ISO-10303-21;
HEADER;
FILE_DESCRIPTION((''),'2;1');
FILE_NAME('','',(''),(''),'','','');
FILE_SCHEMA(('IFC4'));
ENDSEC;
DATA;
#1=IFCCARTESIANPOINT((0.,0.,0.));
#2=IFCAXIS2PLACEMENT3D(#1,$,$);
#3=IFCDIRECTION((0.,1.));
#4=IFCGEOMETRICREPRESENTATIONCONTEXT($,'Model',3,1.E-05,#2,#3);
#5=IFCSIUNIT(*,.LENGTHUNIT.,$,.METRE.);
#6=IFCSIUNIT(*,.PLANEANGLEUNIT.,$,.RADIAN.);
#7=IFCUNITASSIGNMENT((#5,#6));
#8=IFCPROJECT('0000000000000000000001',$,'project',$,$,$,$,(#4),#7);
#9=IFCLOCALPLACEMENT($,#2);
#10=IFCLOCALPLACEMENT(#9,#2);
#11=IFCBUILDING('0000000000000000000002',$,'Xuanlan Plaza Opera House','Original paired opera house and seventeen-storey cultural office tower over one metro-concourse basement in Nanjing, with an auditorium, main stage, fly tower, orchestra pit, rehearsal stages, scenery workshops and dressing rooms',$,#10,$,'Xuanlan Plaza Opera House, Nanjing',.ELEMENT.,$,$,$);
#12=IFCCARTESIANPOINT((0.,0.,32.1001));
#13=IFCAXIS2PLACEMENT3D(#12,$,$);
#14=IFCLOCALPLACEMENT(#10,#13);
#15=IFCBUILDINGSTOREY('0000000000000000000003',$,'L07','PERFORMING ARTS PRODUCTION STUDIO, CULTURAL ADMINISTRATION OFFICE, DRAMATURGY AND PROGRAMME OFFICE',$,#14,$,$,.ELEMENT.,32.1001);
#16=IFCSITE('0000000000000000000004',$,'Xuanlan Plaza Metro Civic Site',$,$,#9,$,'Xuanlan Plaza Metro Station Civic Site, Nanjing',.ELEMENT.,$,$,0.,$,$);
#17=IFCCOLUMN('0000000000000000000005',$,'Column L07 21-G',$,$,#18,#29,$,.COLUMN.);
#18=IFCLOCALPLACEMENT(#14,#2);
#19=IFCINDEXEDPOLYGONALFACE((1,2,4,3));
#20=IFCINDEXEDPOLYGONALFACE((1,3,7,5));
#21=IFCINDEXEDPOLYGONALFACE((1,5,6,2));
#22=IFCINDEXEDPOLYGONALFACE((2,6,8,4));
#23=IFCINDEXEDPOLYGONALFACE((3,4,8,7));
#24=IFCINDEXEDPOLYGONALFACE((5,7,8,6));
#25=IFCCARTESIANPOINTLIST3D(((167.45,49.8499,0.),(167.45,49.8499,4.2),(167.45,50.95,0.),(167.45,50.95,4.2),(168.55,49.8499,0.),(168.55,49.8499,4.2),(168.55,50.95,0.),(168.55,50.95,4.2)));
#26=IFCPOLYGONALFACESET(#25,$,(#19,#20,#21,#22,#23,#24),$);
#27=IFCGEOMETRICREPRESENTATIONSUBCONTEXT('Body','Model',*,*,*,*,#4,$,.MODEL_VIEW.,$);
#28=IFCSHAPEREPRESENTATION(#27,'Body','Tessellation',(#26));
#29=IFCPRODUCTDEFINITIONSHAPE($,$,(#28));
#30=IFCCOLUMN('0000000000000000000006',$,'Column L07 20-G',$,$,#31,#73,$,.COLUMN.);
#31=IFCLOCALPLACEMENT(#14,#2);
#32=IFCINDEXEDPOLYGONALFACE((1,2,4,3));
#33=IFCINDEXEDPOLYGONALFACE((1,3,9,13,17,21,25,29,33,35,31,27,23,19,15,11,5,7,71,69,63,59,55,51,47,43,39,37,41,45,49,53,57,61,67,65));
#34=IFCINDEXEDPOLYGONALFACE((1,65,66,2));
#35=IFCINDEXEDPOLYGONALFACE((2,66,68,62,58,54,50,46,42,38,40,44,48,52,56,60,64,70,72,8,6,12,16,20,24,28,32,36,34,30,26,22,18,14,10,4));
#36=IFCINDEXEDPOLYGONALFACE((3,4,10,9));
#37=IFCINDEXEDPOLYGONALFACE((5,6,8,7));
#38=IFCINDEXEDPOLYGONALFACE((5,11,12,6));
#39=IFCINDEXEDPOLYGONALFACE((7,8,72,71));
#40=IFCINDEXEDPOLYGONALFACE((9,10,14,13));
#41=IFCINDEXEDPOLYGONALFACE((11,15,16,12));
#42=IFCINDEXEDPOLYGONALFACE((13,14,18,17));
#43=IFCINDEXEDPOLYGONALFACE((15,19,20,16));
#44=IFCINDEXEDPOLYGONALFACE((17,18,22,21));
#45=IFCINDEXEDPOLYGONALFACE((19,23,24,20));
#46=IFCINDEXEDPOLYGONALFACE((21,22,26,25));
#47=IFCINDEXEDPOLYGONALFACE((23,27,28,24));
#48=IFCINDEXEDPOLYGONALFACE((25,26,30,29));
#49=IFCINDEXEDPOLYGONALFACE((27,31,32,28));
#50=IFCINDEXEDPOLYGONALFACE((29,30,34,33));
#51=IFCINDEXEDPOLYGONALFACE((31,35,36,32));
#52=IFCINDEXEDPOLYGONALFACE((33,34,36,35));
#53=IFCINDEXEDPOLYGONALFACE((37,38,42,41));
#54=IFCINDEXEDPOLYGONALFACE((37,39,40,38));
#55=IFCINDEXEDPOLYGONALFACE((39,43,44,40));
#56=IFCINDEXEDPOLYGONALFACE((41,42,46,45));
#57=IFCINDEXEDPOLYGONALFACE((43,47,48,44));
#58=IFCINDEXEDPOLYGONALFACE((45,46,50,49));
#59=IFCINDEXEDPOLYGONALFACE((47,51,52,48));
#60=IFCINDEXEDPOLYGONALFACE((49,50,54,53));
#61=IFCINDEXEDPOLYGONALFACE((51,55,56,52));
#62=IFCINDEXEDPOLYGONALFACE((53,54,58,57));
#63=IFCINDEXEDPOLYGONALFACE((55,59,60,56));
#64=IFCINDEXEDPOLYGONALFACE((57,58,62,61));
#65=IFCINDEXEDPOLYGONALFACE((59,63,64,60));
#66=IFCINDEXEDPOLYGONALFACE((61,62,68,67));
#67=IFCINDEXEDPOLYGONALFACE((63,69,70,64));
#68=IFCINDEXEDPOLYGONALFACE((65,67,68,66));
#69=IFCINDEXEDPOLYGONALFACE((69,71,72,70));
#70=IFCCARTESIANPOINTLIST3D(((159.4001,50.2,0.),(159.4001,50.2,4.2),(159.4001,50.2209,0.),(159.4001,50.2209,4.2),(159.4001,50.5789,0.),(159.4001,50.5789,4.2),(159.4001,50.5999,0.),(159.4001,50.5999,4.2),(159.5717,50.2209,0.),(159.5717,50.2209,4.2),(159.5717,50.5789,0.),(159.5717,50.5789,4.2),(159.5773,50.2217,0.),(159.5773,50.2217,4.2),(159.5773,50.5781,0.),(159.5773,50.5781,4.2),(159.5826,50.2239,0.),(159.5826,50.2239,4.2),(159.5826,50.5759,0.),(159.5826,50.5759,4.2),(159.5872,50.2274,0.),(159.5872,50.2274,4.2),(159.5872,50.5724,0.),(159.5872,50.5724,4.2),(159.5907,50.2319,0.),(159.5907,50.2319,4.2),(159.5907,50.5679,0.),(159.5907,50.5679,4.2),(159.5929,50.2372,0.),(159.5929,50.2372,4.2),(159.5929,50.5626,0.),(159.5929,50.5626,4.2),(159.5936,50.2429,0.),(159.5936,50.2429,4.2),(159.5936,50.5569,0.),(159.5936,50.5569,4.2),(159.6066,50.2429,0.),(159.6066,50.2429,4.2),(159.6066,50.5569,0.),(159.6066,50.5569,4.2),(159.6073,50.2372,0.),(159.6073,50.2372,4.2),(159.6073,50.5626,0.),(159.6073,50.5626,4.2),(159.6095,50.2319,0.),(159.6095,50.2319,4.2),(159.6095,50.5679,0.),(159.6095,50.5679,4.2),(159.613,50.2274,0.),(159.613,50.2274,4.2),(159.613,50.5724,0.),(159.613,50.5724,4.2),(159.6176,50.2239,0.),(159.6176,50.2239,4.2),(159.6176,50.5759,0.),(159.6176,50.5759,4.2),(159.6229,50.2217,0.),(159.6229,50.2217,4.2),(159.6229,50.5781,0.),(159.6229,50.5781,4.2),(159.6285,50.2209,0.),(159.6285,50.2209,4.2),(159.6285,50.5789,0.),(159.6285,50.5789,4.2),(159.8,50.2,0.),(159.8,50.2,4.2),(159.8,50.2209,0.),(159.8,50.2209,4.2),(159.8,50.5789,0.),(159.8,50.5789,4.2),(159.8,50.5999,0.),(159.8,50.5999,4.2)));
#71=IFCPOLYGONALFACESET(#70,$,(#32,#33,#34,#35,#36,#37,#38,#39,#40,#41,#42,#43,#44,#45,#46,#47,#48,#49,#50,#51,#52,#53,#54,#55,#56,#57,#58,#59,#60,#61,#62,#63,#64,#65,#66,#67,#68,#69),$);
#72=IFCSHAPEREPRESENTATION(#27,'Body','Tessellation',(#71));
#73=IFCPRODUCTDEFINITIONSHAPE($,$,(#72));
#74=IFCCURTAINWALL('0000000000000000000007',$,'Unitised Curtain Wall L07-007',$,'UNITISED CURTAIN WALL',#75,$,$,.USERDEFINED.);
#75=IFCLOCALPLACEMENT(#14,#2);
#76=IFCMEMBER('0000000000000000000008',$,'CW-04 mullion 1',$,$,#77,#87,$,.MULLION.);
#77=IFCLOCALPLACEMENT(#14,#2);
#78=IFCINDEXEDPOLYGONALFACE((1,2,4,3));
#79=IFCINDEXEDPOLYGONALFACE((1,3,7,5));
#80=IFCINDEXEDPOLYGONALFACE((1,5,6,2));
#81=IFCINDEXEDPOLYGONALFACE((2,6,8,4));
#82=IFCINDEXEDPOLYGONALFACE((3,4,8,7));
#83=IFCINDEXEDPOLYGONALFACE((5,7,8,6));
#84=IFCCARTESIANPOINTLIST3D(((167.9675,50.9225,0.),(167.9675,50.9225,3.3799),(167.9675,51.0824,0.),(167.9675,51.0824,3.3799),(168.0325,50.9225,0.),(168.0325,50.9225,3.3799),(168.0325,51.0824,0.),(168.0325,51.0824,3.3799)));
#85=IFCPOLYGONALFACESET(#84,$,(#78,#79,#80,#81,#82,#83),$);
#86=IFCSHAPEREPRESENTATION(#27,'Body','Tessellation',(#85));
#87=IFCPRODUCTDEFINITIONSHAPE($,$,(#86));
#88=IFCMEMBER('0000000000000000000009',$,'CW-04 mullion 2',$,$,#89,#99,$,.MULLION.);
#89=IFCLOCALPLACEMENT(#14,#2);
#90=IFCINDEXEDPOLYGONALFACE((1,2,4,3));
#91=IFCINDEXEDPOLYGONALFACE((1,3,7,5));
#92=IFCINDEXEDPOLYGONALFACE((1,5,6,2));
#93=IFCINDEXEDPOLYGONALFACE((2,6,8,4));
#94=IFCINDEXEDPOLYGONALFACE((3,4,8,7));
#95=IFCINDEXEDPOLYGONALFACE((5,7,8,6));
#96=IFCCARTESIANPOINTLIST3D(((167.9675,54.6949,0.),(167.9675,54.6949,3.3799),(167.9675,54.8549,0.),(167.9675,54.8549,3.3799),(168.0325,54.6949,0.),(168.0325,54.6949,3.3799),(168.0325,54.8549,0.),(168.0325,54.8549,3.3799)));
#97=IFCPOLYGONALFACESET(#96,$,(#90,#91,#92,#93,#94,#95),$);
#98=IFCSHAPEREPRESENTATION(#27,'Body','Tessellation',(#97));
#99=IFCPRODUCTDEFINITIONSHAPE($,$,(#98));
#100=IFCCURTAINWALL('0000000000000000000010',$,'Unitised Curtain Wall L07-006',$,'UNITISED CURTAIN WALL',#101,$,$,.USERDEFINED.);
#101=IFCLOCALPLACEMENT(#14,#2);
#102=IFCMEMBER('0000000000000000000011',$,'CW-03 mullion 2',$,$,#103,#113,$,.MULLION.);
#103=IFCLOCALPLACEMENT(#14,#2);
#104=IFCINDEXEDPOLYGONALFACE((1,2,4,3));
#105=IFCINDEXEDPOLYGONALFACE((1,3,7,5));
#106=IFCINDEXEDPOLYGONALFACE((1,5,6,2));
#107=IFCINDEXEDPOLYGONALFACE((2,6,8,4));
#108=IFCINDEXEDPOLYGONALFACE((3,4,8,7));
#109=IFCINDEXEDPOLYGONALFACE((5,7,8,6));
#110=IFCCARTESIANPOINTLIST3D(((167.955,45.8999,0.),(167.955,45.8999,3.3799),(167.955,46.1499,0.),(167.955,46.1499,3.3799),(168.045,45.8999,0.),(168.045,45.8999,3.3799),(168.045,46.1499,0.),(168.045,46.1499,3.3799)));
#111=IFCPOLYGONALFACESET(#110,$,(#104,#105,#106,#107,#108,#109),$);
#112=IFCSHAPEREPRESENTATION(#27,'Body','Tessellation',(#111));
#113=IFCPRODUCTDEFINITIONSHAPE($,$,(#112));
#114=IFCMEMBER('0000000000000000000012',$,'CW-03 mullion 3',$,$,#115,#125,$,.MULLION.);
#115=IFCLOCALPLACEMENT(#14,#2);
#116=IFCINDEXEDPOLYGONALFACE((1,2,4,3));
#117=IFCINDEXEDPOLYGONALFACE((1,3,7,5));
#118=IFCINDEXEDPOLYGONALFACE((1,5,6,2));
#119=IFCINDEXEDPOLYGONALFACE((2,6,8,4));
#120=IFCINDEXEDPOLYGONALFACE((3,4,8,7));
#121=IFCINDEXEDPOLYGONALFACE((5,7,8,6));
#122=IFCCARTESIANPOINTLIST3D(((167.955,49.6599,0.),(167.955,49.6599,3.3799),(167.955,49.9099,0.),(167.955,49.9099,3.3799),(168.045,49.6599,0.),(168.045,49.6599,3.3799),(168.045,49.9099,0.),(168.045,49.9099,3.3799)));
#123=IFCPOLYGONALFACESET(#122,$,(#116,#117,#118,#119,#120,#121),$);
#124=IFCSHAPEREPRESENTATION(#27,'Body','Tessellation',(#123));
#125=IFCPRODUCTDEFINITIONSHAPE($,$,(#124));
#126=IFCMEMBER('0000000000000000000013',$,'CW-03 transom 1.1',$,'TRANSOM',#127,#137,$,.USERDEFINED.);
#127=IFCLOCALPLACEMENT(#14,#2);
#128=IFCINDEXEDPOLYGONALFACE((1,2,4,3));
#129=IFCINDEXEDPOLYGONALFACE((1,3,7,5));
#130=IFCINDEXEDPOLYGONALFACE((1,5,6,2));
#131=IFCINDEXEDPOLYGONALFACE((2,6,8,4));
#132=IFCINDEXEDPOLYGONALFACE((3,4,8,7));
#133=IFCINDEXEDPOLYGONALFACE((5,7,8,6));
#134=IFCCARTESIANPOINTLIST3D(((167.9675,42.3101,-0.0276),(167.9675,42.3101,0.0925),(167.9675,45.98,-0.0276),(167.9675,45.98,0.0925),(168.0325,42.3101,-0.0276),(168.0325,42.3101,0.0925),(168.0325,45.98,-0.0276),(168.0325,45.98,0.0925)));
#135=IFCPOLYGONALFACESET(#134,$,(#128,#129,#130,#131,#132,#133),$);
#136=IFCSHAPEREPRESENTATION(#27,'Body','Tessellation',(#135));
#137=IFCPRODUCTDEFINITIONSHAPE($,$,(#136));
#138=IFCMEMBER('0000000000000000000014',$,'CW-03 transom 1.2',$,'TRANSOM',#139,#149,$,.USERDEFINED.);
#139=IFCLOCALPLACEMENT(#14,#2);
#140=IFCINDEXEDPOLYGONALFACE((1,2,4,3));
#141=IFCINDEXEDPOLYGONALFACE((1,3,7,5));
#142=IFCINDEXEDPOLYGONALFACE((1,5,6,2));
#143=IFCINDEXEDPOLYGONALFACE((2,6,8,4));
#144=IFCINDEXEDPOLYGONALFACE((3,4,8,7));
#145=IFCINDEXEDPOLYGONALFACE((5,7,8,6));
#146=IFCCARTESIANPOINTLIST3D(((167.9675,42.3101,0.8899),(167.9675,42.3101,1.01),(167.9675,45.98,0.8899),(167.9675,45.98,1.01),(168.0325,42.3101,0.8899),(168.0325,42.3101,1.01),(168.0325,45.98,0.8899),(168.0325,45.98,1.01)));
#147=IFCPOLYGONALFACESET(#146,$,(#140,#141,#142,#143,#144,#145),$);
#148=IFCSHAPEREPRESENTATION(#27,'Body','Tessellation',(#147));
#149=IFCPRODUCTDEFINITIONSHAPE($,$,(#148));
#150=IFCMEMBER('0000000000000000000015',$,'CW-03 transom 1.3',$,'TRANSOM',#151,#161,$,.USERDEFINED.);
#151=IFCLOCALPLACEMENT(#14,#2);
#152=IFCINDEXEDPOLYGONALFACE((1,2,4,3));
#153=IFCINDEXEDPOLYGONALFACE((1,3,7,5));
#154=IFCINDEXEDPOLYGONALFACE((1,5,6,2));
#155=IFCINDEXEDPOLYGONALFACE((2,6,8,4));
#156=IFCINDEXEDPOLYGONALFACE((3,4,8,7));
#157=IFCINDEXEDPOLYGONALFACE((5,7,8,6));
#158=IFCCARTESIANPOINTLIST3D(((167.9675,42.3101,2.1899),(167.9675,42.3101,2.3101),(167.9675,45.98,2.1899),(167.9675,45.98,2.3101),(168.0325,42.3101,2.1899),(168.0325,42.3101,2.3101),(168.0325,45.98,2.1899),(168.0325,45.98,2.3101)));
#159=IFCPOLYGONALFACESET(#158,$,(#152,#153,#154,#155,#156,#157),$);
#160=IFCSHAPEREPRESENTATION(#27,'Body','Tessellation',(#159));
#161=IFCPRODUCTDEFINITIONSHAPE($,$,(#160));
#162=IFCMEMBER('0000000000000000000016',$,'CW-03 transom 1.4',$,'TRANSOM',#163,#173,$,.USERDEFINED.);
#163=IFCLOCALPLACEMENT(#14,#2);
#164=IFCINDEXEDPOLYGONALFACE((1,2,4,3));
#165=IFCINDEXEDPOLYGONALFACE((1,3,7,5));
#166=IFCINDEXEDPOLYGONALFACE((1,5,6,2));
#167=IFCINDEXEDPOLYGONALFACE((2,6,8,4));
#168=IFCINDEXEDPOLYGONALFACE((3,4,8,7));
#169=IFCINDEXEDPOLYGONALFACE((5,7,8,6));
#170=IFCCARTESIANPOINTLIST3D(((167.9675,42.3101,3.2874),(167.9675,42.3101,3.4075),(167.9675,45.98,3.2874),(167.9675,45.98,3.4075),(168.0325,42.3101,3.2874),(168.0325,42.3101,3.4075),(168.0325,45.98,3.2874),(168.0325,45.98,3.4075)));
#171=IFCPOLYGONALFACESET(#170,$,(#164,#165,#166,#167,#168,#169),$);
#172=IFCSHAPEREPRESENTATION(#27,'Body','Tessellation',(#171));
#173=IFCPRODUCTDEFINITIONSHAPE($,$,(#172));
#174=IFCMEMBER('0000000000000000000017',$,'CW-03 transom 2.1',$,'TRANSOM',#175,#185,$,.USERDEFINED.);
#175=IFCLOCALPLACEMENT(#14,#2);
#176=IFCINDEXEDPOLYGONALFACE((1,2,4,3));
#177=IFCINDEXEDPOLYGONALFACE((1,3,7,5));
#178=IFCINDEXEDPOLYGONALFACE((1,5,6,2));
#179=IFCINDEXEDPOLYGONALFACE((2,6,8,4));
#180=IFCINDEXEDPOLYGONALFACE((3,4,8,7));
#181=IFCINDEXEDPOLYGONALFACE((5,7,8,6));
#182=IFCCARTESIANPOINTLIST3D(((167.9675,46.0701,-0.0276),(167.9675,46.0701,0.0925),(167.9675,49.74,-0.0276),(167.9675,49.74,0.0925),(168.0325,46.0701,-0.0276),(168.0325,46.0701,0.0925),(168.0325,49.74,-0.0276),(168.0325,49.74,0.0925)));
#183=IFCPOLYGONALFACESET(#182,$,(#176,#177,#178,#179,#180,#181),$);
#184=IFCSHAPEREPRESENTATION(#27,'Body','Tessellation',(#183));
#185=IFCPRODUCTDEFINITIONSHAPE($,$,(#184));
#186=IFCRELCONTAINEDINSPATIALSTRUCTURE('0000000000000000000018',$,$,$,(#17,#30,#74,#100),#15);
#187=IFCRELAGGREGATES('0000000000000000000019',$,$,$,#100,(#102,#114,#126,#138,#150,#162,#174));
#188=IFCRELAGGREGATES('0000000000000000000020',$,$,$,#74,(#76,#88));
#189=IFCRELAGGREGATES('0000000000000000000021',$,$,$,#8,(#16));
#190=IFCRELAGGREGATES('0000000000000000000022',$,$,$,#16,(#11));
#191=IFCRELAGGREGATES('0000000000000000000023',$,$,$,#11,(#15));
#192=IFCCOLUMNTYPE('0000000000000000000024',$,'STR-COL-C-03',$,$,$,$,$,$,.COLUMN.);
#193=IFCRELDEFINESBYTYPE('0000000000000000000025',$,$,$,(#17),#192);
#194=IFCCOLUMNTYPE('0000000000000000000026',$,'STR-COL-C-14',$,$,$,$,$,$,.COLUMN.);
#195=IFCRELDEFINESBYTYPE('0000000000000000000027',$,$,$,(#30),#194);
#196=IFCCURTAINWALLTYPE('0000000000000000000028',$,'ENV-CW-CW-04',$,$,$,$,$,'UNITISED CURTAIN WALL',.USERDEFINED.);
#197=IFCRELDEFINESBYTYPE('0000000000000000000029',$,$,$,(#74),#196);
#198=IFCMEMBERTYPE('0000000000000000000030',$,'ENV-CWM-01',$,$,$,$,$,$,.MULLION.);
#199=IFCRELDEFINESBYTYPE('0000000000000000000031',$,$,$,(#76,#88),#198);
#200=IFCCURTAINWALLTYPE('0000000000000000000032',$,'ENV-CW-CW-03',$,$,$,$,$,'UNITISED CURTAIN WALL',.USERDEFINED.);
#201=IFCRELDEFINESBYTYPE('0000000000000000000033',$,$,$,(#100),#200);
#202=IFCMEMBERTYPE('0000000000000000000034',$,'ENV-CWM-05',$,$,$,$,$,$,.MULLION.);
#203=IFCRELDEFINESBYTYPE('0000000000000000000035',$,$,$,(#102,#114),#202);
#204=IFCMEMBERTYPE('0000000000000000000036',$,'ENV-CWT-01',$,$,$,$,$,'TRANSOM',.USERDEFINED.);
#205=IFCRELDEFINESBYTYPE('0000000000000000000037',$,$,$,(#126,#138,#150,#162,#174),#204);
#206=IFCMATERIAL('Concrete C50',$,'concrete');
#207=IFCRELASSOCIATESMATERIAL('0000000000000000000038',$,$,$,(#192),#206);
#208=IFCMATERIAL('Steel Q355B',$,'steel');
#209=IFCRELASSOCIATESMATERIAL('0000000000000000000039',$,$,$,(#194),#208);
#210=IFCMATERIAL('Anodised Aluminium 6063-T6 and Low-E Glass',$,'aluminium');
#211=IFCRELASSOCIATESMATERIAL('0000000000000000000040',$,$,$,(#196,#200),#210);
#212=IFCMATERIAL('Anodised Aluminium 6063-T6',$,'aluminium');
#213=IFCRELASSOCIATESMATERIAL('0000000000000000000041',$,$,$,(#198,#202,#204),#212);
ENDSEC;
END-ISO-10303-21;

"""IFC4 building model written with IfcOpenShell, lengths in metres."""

from ifc_helpers import new_model, si_unit, direction, frame, origin, origin_2d, place, context, subcontext, project, spatial, rectangle, i_section, extrude, material, material_profile, profile_set, type_object, element, aggregate, save


model = new_model("IFC4")

# Units and contexts
model_context = context("Model", 3, precision=1e-05, world=origin(), true_north=direction((0.0, 1.0)))
body_context = subcontext(model_context, "Body", "Model", "MODEL_VIEW")
ifc_project = project(units=[si_unit("LENGTHUNIT", "METRE"), si_unit("PLANEANGLEUNIT", "RADIAN")], contexts=[model_context])

# Site, building, storey
site_placement = place(None, origin())
site = spatial("IfcSite", under=ifc_project, at=site_placement, Name="Xuanlan Plaza Metro Civic Site", LongName="Xuanlan Plaza Metro Station Civic Site, Nanjing", CompositionType="ELEMENT", RefElevation=0.0)
building_placement = place(site_placement, origin())
building = spatial("IfcBuilding", under=site, at=building_placement, Name="Xuanlan Plaza Opera House", Description="Original paired opera house and seventeen-storey cultural office tower over one metro-concourse basement in Nanjing, with an auditorium, main stage, fly tower, orchestra pit, rehearsal stages, scenery workshops and dressing rooms", LongName="Xuanlan Plaza Opera House, Nanjing", CompositionType="ELEMENT")
storey_placement = place(building_placement, frame((0.0, 0.0, 32.1001)))
storey = spatial("IfcBuildingStorey", under=building, at=storey_placement, Name="L07", Description="PERFORMING ARTS PRODUCTION STUDIO, CULTURAL ADMINISTRATION OFFICE, DRAMATURGY AND PROGRAMME OFFICE", CompositionType="ELEMENT", Elevation=32.1001)

# Columns
ifc_material_1 = material(Name="Concrete C50", Category="concrete")
ifc_material_profile_1 = material_profile(ifc_material_1, rectangle(XDim=1.1001, YDim=1.1001, at=origin_2d()), Name="RC-COL 1100x1100")
ifc_profile_set_1 = profile_set([ifc_material_profile_1], Name="Concrete C50")
column_type_1 = type_object("IfcColumnType", Name="STR-COL-C-03", PredefinedType="COLUMN", material=ifc_profile_set_1)
column_1_placement = place(storey_placement, frame((168.0, 50.3999, 0.0), z_axis=(0.0, 0.0, 1.0), x_axis=(1.0, 0.0, 0.0)))
element("IfcColumn", 1, at=column_1_placement, inside=storey, type_object=column_type_1, Name="Column L07 21-G", PredefinedType="COLUMN", context=body_context, shape_type="SweptSolid", body=[
    extrude(rectangle(XDim=1.1001, YDim=1.1001, at=origin_2d()), origin(), (0.0, 0.0, 1.0), 4.2),
])
ifc_material_2 = material(Name="Steel Q355B", Category="steel")
ifc_material_profile_2 = material_profile(ifc_material_2, i_section(OverallWidth=0.3999, OverallDepth=0.3999, WebThickness=0.0129, FlangeThickness=0.021, FilletRadius=0.022, at=origin_2d()), Name="HW 400x400x13x21")
ifc_profile_set_2 = profile_set([ifc_material_profile_2], Name="Steel Q355B")
column_type_2 = type_object("IfcColumnType", Name="STR-COL-C-14", PredefinedType="COLUMN", material=ifc_profile_set_2)
column_2_placement = place(storey_placement, frame((159.6001, 50.3999, 0.0), z_axis=(0.0, 0.0, 1.0), x_axis=(1.0, 0.0, 0.0)))
element("IfcColumn", 2, at=column_2_placement, inside=storey, type_object=column_type_2, Name="Column L07 20-G", PredefinedType="COLUMN", context=body_context, shape_type="SweptSolid", body=[
    extrude(i_section(OverallWidth=0.3999, OverallDepth=0.3999, WebThickness=0.0129, FlangeThickness=0.021, FilletRadius=0.022, at=origin_2d()), origin(), (0.0, 0.0, 1.0), 4.2),
])

# Curtain walls, members
ifc_material_3 = material(Name="Anodised Aluminium 6063-T6 and Low-E Glass", Category="aluminium")
curtain_wall_type_1 = type_object("IfcCurtainWallType", Name="ENV-CW-CW-04", ElementType="UNITISED CURTAIN WALL", PredefinedType="USERDEFINED", material=ifc_material_3)
curtain_wall_1_placement = place(storey_placement, origin())
curtain_wall_1 = element("IfcCurtainWall", 3, at=curtain_wall_1_placement, inside=storey, type_object=curtain_wall_type_1, Name="Unitised Curtain Wall L07-007", ObjectType="UNITISED CURTAIN WALL", PredefinedType="USERDEFINED")
ifc_material_4 = material(Name="Anodised Aluminium 6063-T6", Category="aluminium")
ifc_material_profile_3 = material_profile(ifc_material_4, rectangle(XDim=0.0649, YDim=0.1599, at=origin_2d()), Name="ALU-M 65x160")
ifc_profile_set_3 = profile_set([ifc_material_profile_3], Name="Anodised Aluminium 6063-T6")
member_type_1 = type_object("IfcMemberType", Name="ENV-CWM-01", PredefinedType="MULLION", material=ifc_profile_set_3)
member_1_placement = place(storey_placement, frame((168.0, 51.0024, 0.0), z_axis=(0.0, 0.0, 1.0), x_axis=(-1.0, 0.0, 0.0)))
member_1 = element("IfcMember", 4, at=member_1_placement, type_object=member_type_1, Name="CW-04 mullion 1", PredefinedType="MULLION", context=body_context, shape_type="SweptSolid", body=[
    extrude(rectangle(XDim=0.0649, YDim=0.1599, at=origin_2d()), origin(), (0.0, 0.0, 1.0), 3.3799),
])
member_2_placement = place(storey_placement, frame((168.0, 54.7749, 0.0), z_axis=(0.0, 0.0, 1.0), x_axis=(-1.0, 0.0, 0.0)))
member_2 = element("IfcMember", 5, at=member_2_placement, type_object=member_type_1, Name="CW-04 mullion 2", PredefinedType="MULLION", context=body_context, shape_type="SweptSolid", body=[
    extrude(rectangle(XDim=0.0649, YDim=0.1599, at=origin_2d()), origin(), (0.0, 0.0, 1.0), 3.3799),
])
curtain_wall_type_2 = type_object("IfcCurtainWallType", Name="ENV-CW-CW-03", ElementType="UNITISED CURTAIN WALL", PredefinedType="USERDEFINED", material=ifc_material_3)
curtain_wall_2_placement = place(storey_placement, origin())
curtain_wall_2 = element("IfcCurtainWall", 6, at=curtain_wall_2_placement, inside=storey, type_object=curtain_wall_type_2, Name="Unitised Curtain Wall L07-006", ObjectType="UNITISED CURTAIN WALL", PredefinedType="USERDEFINED")
ifc_material_profile_4 = material_profile(ifc_material_4, rectangle(XDim=0.0901, YDim=0.25, at=origin_2d()), Name="ALU-M 90x250")
ifc_profile_set_4 = profile_set([ifc_material_profile_4], Name="Anodised Aluminium 6063-T6")
member_type_2 = type_object("IfcMemberType", Name="ENV-CWM-05", PredefinedType="MULLION", material=ifc_profile_set_4)
member_3_placement = place(storey_placement, frame((168.0, 46.0249, 0.0), z_axis=(0.0, 0.0, 1.0), x_axis=(-1.0, 0.0, 0.0)))
member_3 = element("IfcMember", 7, at=member_3_placement, type_object=member_type_2, Name="CW-03 mullion 2", PredefinedType="MULLION", context=body_context, shape_type="SweptSolid", body=[
    extrude(rectangle(XDim=0.0901, YDim=0.25, at=origin_2d()), origin(), (0.0, 0.0, 1.0), 3.3799),
])
member_4_placement = place(storey_placement, frame((168.0, 49.7849, 0.0), z_axis=(0.0, 0.0, 1.0), x_axis=(-1.0, 0.0, 0.0)))
member_4 = element("IfcMember", 8, at=member_4_placement, type_object=member_type_2, Name="CW-03 mullion 3", PredefinedType="MULLION", context=body_context, shape_type="SweptSolid", body=[
    extrude(rectangle(XDim=0.0901, YDim=0.25, at=origin_2d()), origin(), (0.0, 0.0, 1.0), 3.3799),
])
ifc_material_profile_5 = material_profile(ifc_material_4, rectangle(XDim=0.0649, YDim=0.1201, at=origin_2d()), Name="ALU-T 65x120")
ifc_profile_set_5 = profile_set([ifc_material_profile_5], Name="Anodised Aluminium 6063-T6")
member_type_3 = type_object("IfcMemberType", Name="ENV-CWT-01", ElementType="TRANSOM", PredefinedType="USERDEFINED", material=ifc_profile_set_5)
member_5_placement = place(storey_placement, frame((168.0, 42.3101, 0.0325), z_axis=(0.0, 1.0, 0.0), x_axis=(-1.0, 0.0, 0.0)))
member_5 = element("IfcMember", 9, at=member_5_placement, type_object=member_type_3, Name="CW-03 transom 1.1", ObjectType="TRANSOM", PredefinedType="USERDEFINED", context=body_context, shape_type="SweptSolid", body=[
    extrude(rectangle(XDim=0.0649, YDim=0.1201, at=origin_2d()), origin(), (0.0, 0.0, 1.0), 3.6699),
])
member_6_placement = place(storey_placement, frame((168.0, 42.3101, 0.95), z_axis=(0.0, 1.0, 0.0), x_axis=(-1.0, 0.0, 0.0)))
member_6 = element("IfcMember", 10, at=member_6_placement, type_object=member_type_3, Name="CW-03 transom 1.2", ObjectType="TRANSOM", PredefinedType="USERDEFINED", context=body_context, shape_type="SweptSolid", body=[
    extrude(rectangle(XDim=0.0649, YDim=0.1201, at=origin_2d()), origin(), (0.0, 0.0, 1.0), 3.6699),
])
member_7_placement = place(storey_placement, frame((168.0, 42.3101, 2.25), z_axis=(0.0, 1.0, 0.0), x_axis=(-1.0, 0.0, 0.0)))
member_7 = element("IfcMember", 11, at=member_7_placement, type_object=member_type_3, Name="CW-03 transom 1.3", ObjectType="TRANSOM", PredefinedType="USERDEFINED", context=body_context, shape_type="SweptSolid", body=[
    extrude(rectangle(XDim=0.0649, YDim=0.1201, at=origin_2d()), origin(), (0.0, 0.0, 1.0), 3.6699),
])
member_8_placement = place(storey_placement, frame((168.0, 42.3101, 3.3474), z_axis=(0.0, 1.0, 0.0), x_axis=(-1.0, 0.0, 0.0)))
member_8 = element("IfcMember", 12, at=member_8_placement, type_object=member_type_3, Name="CW-03 transom 1.4", ObjectType="TRANSOM", PredefinedType="USERDEFINED", context=body_context, shape_type="SweptSolid", body=[
    extrude(rectangle(XDim=0.0649, YDim=0.1201, at=origin_2d()), origin(), (0.0, 0.0, 1.0), 3.6699),
])
member_9_placement = place(storey_placement, frame((168.0, 46.0701, 0.0325), z_axis=(0.0, 1.0, 0.0), x_axis=(-1.0, 0.0, 0.0)))
member_9 = element("IfcMember", 13, at=member_9_placement, type_object=member_type_3, Name="CW-03 transom 2.1", ObjectType="TRANSOM", PredefinedType="USERDEFINED", context=body_context, shape_type="SweptSolid", body=[
    extrude(rectangle(XDim=0.0649, YDim=0.1201, at=origin_2d()), origin(), (0.0, 0.0, 1.0), 3.6699),
])

aggregate(curtain_wall_2, [member_3, member_4, member_5, member_6, member_7, member_8, member_9])
aggregate(curtain_wall_1, [member_1, member_2])

save(model, "model.ifc")
